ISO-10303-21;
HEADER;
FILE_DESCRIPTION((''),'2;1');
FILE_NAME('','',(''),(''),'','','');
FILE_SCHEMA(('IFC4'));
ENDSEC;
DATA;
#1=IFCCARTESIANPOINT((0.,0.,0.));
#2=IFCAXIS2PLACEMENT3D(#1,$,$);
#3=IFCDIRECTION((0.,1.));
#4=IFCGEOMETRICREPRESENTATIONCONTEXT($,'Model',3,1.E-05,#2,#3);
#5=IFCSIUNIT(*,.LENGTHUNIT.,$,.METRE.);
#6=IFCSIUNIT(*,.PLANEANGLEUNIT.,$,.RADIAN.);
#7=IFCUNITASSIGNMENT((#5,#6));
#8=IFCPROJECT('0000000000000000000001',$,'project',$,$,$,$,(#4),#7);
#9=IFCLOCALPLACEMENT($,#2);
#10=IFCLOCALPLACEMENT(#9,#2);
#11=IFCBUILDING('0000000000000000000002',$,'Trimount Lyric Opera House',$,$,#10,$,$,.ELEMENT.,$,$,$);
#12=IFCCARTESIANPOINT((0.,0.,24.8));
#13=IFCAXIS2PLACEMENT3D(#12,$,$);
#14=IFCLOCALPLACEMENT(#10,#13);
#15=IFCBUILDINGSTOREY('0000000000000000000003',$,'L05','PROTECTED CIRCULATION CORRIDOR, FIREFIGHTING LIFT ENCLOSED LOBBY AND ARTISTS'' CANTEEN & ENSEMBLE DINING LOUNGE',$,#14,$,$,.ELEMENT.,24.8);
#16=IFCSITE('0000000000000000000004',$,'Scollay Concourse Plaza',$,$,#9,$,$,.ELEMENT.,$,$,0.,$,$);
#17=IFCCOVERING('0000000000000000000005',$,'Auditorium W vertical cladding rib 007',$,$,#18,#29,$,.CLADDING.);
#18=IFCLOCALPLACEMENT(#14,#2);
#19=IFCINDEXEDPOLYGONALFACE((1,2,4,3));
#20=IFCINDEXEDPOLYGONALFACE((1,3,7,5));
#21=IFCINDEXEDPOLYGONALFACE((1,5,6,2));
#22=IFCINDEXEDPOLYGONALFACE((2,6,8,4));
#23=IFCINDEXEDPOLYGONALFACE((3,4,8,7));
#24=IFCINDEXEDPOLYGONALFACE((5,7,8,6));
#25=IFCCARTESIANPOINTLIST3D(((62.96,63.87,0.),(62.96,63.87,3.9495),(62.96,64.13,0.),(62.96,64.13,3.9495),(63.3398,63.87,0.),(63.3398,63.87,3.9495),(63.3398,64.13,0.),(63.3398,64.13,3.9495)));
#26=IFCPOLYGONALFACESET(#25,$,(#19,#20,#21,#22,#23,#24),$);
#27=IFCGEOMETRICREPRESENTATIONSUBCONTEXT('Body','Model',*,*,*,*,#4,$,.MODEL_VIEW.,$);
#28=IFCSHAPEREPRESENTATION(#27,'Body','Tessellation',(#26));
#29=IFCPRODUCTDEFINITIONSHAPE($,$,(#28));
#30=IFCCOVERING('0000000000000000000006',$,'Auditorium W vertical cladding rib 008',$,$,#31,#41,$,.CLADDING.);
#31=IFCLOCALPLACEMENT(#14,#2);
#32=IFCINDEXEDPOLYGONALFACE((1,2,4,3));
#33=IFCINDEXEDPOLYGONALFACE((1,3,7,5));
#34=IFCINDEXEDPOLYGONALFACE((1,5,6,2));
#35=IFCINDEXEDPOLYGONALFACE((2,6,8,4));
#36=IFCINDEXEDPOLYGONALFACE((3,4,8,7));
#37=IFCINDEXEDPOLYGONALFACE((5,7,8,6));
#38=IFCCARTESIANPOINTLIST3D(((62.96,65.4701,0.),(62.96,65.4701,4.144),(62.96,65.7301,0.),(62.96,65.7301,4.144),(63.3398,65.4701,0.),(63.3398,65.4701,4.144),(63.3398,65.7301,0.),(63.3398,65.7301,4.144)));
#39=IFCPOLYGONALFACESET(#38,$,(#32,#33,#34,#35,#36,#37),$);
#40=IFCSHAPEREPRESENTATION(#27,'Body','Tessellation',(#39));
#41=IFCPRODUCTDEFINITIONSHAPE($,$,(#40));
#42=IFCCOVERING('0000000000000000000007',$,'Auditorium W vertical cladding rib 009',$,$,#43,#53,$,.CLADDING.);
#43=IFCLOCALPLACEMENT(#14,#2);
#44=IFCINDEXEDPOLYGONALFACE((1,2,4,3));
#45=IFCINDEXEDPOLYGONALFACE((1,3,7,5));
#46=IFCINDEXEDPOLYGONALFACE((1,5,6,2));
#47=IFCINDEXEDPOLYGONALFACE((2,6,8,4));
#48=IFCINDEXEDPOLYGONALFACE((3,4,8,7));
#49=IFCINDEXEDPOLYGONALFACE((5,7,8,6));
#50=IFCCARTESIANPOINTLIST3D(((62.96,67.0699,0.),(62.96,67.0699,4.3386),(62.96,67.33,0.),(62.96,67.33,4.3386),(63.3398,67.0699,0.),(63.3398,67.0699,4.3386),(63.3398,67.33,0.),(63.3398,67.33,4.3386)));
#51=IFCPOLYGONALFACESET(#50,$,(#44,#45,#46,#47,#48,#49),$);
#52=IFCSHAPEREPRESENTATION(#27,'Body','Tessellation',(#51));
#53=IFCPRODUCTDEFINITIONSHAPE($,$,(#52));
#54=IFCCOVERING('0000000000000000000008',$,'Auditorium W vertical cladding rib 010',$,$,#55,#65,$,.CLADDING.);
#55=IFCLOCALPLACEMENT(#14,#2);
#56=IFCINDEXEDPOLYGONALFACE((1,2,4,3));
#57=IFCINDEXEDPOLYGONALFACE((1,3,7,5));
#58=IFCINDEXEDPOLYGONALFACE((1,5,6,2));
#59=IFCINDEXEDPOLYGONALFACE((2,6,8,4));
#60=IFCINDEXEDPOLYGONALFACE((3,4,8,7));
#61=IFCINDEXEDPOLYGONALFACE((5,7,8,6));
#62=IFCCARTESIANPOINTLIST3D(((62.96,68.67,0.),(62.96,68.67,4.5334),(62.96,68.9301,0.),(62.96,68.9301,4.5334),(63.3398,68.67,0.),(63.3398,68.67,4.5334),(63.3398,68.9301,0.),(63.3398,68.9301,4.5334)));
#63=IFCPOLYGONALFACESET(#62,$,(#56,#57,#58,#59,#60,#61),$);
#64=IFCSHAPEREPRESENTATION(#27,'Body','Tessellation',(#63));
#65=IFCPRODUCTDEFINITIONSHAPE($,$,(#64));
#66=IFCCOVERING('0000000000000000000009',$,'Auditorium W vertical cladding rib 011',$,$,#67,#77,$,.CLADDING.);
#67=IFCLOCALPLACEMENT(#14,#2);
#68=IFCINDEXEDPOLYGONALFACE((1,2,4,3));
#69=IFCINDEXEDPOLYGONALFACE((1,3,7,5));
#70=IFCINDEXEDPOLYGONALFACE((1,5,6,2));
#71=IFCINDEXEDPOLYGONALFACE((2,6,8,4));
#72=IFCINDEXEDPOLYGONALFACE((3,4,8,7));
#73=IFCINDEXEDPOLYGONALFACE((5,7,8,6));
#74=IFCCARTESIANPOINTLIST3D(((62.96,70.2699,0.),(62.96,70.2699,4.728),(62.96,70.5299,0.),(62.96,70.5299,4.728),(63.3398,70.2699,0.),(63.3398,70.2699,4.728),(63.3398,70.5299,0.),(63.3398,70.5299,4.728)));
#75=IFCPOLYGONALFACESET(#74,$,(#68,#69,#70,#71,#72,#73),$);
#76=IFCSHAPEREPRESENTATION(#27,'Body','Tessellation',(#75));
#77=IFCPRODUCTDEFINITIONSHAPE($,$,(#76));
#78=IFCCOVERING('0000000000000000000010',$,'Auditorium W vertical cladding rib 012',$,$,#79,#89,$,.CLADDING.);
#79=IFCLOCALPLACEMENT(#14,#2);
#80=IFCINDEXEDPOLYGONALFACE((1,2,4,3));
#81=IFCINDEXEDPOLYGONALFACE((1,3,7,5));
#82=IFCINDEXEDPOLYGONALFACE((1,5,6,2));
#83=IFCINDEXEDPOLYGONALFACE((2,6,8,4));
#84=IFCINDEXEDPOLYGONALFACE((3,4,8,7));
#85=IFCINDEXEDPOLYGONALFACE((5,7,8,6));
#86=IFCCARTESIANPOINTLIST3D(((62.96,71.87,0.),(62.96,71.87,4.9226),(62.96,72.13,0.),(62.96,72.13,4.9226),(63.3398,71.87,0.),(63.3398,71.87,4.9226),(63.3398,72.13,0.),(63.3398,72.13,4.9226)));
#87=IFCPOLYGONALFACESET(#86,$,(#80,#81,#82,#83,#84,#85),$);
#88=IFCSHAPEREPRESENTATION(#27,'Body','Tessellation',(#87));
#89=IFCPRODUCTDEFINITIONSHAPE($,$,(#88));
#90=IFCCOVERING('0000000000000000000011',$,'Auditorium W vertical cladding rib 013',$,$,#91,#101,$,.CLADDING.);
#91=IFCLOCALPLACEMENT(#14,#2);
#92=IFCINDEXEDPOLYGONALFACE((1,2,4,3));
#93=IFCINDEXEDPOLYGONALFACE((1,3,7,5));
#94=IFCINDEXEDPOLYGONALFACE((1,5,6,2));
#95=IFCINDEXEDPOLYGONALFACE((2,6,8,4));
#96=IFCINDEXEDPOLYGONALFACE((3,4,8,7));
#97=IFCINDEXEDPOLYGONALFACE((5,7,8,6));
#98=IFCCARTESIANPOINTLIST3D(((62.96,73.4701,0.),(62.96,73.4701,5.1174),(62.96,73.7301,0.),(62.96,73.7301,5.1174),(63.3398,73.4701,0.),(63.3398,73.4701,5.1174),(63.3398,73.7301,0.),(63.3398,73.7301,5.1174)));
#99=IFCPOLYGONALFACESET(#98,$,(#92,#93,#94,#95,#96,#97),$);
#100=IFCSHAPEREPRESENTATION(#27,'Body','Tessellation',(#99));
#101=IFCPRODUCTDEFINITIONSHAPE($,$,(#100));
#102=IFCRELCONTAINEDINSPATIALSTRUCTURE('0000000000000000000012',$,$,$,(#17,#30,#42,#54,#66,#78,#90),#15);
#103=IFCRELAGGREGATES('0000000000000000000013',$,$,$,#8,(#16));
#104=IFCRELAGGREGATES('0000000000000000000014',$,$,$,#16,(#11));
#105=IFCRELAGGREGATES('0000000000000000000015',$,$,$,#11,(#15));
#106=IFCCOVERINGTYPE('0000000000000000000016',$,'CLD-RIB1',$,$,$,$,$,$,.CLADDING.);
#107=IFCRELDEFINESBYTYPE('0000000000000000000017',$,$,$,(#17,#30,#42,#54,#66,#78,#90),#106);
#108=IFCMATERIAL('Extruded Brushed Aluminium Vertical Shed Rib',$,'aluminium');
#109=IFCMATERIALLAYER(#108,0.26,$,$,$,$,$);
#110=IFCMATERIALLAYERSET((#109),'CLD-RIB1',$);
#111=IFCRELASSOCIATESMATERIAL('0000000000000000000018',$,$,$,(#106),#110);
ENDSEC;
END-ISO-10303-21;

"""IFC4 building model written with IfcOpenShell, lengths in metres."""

from ifc_helpers import new_model, si_unit, direction, frame, origin, origin_2d, place, context, subcontext, project, spatial, rectangle, extrude, material, layer, layer_set, type_object, element, save


model = new_model("IFC4")

# Units and contexts
model_context = context("Model", 3, precision=1e-05, world=origin(), true_north=direction((0.0, 1.0)))
body_context = subcontext(model_context, "Body", "Model", "MODEL_VIEW")
ifc_project = project(units=[si_unit("LENGTHUNIT", "METRE"), si_unit("PLANEANGLEUNIT", "RADIAN")], contexts=[model_context])

# Site, building, storey
site_placement = place(None, origin())
site = spatial("IfcSite", under=ifc_project, at=site_placement, Name="Scollay Concourse Plaza", CompositionType="ELEMENT", RefElevation=0.0)
building_placement = place(site_placement, origin())
building = spatial("IfcBuilding", under=site, at=building_placement, Name="Trimount Lyric Opera House", CompositionType="ELEMENT")
storey_placement = place(building_placement, frame((0.0, 0.0, 24.8)))
storey = spatial("IfcBuildingStorey", under=building, at=storey_placement, Name="L05", Description="PROTECTED CIRCULATION CORRIDOR, FIREFIGHTING LIFT ENCLOSED LOBBY AND ARTISTS' CANTEEN & ENSEMBLE DINING LOUNGE", CompositionType="ELEMENT", Elevation=24.8)

# Coverings
ifc_material_1 = material(Name="Extruded Brushed Aluminium Vertical Shed Rib", Category="aluminium")
ifc_layer_1 = layer(ifc_material_1, 0.26)
ifc_layer_set_1 = layer_set([ifc_layer_1], Name="CLD-RIB1")
covering_type = type_object("IfcCoveringType", Name="CLD-RIB1", PredefinedType="CLADDING", material=ifc_layer_set_1)
covering_1_placement = place(storey_placement, frame((63.1499, 64.0, 0.0), z_axis=(0.0, 0.0, 1.0), x_axis=(1.0, 0.0, 0.0)))
element("IfcCovering", 1, at=covering_1_placement, inside=storey, type_object=covering_type, Name="Auditorium W vertical cladding rib 007", PredefinedType="CLADDING", context=body_context, shape_type="SweptSolid", body=[
    extrude(rectangle(XDim=0.3799, YDim=0.26, at=origin_2d()), origin(), (0.0, 0.0, 1.0), 3.9495),
])
covering_2_placement = place(storey_placement, frame((63.1499, 65.6001, 0.0), z_axis=(0.0, 0.0, 1.0), x_axis=(1.0, 0.0, 0.0)))
element("IfcCovering", 2, at=covering_2_placement, inside=storey, type_object=covering_type, Name="Auditorium W vertical cladding rib 008", PredefinedType="CLADDING", context=body_context, shape_type="SweptSolid", body=[
    extrude(rectangle(XDim=0.3799, YDim=0.26, at=origin_2d()), origin(), (0.0, 0.0, 1.0), 4.144),
])
covering_3_placement = place(storey_placement, frame((63.1499, 67.2, 0.0), z_axis=(0.0, 0.0, 1.0), x_axis=(1.0, 0.0, 0.0)))
element("IfcCovering", 3, at=covering_3_placement, inside=storey, type_object=covering_type, Name="Auditorium W vertical cladding rib 009", PredefinedType="CLADDING", context=body_context, shape_type="SweptSolid", body=[
    extrude(rectangle(XDim=0.3799, YDim=0.26, at=origin_2d()), origin(), (0.0, 0.0, 1.0), 4.3386),
])
covering_4_placement = place(storey_placement, frame((63.1499, 68.8, 0.0), z_axis=(0.0, 0.0, 1.0), x_axis=(1.0, 0.0, 0.0)))
element("IfcCovering", 4, at=covering_4_placement, inside=storey, type_object=covering_type, Name="Auditorium W vertical cladding rib 010", PredefinedType="CLADDING", context=body_context, shape_type="SweptSolid", body=[
    extrude(rectangle(XDim=0.3799, YDim=0.26, at=origin_2d()), origin(), (0.0, 0.0, 1.0), 4.5334),
])
covering_5_placement = place(storey_placement, frame((63.1499, 70.3999, 0.0), z_axis=(0.0, 0.0, 1.0), x_axis=(1.0, 0.0, 0.0)))
element("IfcCovering", 5, at=covering_5_placement, inside=storey, type_object=covering_type, Name="Auditorium W vertical cladding rib 011", PredefinedType="CLADDING", context=body_context, shape_type="SweptSolid", body=[
    extrude(rectangle(XDim=0.3799, YDim=0.26, at=origin_2d()), origin(), (0.0, 0.0, 1.0), 4.728),
])
covering_6_placement = place(storey_placement, frame((63.1499, 72.0, 0.0), z_axis=(0.0, 0.0, 1.0), x_axis=(1.0, 0.0, 0.0)))
element("IfcCovering", 6, at=covering_6_placement, inside=storey, type_object=covering_type, Name="Auditorium W vertical cladding rib 012", PredefinedType="CLADDING", context=body_context, shape_type="SweptSolid", body=[
    extrude(rectangle(XDim=0.3799, YDim=0.26, at=origin_2d()), origin(), (0.0, 0.0, 1.0), 4.9226),
])
covering_7_placement = place(storey_placement, frame((63.1499, 73.6001, 0.0), z_axis=(0.0, 0.0, 1.0), x_axis=(1.0, 0.0, 0.0)))
element("IfcCovering", 7, at=covering_7_placement, inside=storey, type_object=covering_type, Name="Auditorium W vertical cladding rib 013", PredefinedType="CLADDING", context=body_context, shape_type="SweptSolid", body=[
    extrude(rectangle(XDim=0.3799, YDim=0.26, at=origin_2d()), origin(), (0.0, 0.0, 1.0), 5.1174),
])

save(model, "model.ifc")
